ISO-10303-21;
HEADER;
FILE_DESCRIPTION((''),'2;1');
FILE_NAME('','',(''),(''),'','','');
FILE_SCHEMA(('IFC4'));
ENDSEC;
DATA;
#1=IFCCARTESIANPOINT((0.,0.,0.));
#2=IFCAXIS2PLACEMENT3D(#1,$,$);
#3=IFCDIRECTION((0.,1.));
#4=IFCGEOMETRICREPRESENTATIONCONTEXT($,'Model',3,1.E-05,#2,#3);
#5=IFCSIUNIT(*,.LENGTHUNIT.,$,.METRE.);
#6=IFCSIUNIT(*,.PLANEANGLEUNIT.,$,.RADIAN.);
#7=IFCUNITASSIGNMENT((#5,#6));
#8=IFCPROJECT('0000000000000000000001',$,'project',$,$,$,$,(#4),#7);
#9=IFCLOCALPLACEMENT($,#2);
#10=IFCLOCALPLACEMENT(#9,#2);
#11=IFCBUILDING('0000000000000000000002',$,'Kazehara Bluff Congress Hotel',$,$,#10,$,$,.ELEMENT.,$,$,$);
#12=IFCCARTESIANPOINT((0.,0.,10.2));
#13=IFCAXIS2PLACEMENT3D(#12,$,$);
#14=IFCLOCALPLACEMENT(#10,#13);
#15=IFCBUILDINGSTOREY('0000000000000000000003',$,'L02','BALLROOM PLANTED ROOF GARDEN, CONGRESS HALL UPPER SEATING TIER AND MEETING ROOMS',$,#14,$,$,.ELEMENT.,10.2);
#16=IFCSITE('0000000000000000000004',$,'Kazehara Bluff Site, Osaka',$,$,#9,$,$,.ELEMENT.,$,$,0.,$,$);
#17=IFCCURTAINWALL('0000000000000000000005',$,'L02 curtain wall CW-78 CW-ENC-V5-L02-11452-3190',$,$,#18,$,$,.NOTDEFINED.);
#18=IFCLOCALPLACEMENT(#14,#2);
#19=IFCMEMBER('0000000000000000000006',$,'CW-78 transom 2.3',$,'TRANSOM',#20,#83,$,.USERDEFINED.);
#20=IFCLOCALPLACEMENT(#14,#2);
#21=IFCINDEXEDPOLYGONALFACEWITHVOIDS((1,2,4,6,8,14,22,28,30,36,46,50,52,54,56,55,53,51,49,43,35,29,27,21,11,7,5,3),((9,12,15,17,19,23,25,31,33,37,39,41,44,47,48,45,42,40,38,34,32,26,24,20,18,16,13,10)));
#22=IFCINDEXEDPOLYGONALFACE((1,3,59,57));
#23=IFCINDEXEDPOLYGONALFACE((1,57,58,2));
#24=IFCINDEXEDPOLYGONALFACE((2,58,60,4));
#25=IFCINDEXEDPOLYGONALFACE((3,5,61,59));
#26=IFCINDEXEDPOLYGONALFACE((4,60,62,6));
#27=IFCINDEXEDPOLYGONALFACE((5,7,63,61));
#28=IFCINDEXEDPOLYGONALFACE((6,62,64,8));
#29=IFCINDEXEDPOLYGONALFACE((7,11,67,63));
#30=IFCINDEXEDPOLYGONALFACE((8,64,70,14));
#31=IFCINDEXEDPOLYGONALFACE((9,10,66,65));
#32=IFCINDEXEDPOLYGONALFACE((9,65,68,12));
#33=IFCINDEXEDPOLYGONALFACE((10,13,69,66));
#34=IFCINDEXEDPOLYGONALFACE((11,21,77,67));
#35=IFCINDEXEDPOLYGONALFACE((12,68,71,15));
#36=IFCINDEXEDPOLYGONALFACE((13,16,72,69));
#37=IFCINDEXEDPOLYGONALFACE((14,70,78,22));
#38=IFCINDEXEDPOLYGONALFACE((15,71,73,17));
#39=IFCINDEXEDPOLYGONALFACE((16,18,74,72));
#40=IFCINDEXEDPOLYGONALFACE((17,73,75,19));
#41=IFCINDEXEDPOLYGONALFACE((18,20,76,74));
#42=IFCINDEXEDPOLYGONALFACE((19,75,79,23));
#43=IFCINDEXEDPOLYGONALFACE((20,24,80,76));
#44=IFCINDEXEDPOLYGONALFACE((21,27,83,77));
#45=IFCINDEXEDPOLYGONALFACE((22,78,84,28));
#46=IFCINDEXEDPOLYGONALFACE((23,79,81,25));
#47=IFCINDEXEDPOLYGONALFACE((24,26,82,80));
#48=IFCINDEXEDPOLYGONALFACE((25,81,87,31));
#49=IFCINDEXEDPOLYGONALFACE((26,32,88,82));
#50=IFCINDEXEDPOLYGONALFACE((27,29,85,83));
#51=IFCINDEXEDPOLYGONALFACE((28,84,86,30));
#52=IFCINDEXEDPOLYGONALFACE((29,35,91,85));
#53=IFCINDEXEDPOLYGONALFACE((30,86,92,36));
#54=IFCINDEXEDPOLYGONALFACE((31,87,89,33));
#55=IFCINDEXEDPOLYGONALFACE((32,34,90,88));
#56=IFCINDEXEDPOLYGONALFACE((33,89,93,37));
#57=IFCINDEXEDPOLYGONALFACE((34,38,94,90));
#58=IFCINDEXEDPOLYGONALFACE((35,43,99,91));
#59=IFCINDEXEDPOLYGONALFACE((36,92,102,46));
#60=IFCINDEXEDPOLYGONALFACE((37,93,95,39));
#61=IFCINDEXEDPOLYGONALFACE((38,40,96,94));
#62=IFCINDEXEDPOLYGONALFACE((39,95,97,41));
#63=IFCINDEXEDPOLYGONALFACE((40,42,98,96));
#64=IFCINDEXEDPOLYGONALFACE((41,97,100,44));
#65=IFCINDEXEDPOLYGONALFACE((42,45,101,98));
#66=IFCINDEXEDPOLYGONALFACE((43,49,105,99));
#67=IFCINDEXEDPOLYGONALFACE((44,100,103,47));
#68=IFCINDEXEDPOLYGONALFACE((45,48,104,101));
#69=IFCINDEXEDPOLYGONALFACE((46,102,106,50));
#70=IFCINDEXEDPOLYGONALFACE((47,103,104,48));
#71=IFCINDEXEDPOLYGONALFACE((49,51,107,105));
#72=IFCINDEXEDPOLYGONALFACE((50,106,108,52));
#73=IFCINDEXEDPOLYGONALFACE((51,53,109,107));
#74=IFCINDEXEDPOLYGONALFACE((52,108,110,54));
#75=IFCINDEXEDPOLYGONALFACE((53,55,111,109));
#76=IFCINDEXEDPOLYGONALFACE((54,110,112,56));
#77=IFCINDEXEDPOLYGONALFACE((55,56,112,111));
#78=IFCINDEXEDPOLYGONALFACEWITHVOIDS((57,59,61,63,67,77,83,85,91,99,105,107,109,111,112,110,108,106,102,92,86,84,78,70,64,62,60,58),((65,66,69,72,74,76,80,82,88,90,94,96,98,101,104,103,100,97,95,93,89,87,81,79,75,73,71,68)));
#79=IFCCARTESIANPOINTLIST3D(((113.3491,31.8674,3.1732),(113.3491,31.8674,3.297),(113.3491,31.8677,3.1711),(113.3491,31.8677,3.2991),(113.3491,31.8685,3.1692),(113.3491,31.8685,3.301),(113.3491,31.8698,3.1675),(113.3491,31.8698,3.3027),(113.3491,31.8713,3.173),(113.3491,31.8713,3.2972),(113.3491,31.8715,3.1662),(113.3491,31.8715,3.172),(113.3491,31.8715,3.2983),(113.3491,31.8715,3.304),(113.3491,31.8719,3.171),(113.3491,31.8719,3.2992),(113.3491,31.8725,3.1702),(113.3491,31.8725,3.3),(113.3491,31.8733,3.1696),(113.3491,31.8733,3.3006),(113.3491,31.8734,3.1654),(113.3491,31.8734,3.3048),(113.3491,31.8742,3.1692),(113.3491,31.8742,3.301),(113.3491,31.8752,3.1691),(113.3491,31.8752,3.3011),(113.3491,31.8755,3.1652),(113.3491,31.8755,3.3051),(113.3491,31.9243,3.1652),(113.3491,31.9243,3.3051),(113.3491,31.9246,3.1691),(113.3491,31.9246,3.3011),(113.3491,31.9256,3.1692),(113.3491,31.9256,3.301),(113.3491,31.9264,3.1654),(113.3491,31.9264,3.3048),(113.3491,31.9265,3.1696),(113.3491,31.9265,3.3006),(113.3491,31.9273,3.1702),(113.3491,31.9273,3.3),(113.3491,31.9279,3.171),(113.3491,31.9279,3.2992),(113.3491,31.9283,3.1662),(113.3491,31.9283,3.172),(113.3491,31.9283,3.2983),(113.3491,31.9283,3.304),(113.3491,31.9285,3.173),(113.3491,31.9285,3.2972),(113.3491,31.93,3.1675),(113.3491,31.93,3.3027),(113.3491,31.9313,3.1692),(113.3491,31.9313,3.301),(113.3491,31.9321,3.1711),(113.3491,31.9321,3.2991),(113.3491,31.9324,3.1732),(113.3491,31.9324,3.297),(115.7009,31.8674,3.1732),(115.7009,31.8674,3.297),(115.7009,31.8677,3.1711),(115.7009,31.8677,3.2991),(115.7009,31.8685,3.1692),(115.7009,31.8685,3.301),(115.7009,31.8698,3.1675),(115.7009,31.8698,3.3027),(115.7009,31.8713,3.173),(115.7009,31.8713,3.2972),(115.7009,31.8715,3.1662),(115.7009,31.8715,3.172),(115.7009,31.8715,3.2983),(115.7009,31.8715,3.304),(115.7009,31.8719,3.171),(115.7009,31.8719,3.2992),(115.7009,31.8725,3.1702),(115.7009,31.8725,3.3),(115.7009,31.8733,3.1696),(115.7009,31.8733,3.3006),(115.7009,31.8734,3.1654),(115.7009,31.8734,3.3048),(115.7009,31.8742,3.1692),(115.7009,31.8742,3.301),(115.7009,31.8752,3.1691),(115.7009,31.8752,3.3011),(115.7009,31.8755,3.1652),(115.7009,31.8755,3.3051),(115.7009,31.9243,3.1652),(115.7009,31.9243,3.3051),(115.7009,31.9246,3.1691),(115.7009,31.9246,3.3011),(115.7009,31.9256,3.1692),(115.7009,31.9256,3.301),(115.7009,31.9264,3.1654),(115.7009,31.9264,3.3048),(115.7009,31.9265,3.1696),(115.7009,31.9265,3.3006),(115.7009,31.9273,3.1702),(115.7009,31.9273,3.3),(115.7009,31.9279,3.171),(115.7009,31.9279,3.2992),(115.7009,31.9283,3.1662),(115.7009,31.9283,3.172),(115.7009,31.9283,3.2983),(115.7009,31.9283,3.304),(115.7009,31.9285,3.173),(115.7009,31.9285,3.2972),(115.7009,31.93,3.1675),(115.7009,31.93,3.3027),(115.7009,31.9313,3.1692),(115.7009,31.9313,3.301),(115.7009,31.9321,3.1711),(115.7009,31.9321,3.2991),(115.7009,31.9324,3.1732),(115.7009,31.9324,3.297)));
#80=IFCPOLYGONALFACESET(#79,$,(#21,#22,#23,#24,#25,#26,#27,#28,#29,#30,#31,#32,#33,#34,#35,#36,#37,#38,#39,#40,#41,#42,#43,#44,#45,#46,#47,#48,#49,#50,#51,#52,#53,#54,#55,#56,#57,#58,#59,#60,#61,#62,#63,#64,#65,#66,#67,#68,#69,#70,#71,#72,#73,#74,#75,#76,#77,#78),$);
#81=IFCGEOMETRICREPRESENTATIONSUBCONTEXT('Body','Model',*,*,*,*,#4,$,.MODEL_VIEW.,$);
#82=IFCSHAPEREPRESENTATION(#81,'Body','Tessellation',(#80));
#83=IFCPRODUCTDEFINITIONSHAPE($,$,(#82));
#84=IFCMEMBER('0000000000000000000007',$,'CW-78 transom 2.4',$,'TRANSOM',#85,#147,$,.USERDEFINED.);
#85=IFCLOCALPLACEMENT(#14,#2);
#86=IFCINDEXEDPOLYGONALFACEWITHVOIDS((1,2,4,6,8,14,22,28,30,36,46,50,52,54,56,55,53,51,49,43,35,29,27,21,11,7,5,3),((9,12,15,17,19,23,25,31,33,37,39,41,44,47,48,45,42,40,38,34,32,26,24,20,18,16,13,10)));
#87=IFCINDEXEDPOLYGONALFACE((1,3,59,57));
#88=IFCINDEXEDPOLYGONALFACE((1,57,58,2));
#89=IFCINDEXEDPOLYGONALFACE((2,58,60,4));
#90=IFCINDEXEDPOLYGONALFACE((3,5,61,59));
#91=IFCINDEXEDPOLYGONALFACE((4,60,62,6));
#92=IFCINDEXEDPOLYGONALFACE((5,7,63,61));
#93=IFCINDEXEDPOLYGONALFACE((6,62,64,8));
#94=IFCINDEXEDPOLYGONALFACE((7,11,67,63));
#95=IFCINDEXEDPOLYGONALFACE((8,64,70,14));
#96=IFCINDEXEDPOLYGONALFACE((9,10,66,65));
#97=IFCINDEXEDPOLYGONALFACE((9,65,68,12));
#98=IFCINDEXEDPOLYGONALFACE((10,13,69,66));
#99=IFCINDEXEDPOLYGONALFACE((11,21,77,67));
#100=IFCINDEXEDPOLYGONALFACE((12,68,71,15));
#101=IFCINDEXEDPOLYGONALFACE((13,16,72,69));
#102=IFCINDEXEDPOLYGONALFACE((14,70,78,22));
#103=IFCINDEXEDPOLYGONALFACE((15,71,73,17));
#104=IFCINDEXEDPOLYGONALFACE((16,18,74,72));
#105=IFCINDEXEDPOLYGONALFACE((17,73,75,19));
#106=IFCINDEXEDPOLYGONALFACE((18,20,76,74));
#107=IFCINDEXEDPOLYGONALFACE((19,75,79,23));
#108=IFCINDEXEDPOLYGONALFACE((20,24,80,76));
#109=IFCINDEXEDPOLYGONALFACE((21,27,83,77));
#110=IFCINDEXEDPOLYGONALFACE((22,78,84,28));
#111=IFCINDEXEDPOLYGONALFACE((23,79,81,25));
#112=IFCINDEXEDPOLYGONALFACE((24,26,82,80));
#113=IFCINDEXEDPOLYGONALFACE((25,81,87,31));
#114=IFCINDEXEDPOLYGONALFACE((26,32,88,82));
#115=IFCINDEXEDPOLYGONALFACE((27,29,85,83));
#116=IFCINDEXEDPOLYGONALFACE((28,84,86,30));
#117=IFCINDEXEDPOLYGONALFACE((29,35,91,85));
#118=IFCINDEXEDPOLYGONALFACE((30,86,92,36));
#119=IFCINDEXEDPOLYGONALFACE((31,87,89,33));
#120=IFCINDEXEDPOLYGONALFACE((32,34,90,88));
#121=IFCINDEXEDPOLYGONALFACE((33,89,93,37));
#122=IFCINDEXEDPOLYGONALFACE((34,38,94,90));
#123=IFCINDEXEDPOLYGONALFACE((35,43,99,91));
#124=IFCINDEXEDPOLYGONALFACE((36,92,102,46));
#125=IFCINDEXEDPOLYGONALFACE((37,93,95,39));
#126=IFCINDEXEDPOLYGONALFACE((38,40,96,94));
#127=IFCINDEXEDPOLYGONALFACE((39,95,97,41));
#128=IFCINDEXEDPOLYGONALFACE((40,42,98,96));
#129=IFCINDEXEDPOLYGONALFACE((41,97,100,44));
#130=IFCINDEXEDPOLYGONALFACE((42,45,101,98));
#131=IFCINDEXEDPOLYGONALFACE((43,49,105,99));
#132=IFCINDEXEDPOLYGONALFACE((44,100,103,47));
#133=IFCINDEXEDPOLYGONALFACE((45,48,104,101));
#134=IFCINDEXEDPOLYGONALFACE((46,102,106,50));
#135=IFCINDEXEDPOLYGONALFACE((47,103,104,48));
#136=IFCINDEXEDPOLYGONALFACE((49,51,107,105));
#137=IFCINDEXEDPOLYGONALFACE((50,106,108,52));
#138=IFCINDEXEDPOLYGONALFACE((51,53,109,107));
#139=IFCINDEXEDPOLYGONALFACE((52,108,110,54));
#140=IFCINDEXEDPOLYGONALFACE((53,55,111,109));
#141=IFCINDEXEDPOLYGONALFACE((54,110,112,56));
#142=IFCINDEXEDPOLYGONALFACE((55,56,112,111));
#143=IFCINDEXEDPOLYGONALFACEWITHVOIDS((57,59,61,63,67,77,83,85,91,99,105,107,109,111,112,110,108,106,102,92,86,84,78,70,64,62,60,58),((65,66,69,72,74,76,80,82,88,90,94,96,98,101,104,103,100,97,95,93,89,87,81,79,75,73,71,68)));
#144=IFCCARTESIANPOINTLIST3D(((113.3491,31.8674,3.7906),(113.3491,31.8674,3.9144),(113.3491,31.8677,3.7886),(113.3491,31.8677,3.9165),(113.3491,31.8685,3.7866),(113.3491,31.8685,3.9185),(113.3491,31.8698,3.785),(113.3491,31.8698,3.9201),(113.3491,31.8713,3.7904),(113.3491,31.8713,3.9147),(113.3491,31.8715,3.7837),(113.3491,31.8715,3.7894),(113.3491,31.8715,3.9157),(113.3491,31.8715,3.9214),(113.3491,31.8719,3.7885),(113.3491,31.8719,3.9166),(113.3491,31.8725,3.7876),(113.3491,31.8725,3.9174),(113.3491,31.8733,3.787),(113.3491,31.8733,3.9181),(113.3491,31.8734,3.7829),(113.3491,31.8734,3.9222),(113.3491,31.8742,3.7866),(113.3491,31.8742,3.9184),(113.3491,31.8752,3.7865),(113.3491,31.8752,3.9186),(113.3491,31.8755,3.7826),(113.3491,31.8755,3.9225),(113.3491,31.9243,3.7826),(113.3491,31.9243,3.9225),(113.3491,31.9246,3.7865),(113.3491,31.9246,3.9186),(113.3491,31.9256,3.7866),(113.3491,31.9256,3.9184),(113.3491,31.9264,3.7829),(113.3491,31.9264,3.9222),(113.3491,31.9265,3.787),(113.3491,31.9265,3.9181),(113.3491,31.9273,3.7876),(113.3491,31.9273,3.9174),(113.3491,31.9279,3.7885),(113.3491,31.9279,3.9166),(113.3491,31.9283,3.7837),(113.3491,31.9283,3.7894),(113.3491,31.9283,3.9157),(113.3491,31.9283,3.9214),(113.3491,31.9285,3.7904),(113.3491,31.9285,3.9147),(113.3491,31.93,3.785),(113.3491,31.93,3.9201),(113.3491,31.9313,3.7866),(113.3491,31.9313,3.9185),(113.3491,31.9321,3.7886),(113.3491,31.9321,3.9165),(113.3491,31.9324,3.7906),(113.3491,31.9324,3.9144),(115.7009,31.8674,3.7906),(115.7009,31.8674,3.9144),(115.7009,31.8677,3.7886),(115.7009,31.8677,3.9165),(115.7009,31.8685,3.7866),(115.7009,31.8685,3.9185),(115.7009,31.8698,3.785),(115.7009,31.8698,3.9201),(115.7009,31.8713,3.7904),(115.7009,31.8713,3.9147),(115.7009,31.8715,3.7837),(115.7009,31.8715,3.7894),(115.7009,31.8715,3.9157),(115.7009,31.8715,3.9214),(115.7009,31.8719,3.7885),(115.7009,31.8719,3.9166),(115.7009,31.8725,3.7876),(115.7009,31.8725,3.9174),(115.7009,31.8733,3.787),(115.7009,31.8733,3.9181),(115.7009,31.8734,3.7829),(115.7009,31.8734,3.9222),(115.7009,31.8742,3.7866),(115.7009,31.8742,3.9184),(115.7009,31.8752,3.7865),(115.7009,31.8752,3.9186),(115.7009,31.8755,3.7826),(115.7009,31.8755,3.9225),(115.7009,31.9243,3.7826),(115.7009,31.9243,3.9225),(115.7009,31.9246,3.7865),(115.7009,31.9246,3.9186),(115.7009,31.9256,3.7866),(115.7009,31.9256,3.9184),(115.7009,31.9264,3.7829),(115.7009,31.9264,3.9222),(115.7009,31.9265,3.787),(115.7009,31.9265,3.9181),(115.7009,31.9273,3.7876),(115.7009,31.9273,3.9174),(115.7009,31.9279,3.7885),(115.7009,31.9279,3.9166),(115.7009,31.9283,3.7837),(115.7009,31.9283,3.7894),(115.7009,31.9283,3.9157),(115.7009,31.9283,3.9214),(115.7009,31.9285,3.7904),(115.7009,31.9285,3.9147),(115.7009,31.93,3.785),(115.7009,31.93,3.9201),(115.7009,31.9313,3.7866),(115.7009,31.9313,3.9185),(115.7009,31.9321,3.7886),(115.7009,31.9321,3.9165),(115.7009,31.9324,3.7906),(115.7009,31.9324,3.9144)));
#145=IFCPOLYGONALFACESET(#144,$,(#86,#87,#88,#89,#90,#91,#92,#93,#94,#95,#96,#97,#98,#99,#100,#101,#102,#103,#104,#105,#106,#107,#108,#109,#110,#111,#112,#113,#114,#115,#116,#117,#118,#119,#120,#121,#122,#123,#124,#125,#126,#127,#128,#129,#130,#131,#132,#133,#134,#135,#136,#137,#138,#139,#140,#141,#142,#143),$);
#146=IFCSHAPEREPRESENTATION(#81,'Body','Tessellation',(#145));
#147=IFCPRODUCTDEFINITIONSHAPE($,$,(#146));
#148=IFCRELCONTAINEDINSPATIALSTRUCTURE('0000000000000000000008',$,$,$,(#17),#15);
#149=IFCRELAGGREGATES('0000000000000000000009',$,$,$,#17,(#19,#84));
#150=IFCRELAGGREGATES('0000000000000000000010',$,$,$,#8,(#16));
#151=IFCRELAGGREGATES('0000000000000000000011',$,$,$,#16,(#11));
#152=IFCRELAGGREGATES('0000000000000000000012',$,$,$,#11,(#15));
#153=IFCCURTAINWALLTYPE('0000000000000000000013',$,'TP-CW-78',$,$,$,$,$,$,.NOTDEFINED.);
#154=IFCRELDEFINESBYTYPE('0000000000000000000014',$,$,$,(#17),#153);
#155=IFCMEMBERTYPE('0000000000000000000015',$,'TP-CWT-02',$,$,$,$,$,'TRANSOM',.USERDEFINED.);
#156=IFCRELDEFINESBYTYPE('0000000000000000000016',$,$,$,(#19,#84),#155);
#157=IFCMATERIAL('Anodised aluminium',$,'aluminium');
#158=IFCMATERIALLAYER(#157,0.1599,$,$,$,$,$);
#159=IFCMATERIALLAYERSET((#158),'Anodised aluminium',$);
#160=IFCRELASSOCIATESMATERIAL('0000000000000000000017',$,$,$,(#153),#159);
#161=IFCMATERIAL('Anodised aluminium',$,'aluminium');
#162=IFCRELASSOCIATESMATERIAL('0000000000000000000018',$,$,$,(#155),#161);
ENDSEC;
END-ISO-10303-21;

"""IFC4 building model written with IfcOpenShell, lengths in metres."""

from ifc_helpers import new_model, si_unit, direction, frame, origin, origin_2d, place, context, subcontext, project, spatial, hollow_rectangle, extrude, material, layer, layer_set, material_profile, profile_set, type_object, element, aggregate, save


model = new_model("IFC4")

# Units and contexts
model_context = context("Model", 3, precision=1e-05, world=origin(), true_north=direction((0.0, 1.0)))
body_context = subcontext(model_context, "Body", "Model", "MODEL_VIEW")
ifc_project = project(units=[si_unit("LENGTHUNIT", "METRE"), si_unit("PLANEANGLEUNIT", "RADIAN")], contexts=[model_context])

# Site, building, storey
site_placement = place(None, origin())
site = spatial("IfcSite", under=ifc_project, at=site_placement, Name="Kazehara Bluff Site, Osaka", CompositionType="ELEMENT", RefElevation=0.0)
building_placement = place(site_placement, origin())
building = spatial("IfcBuilding", under=site, at=building_placement, Name="Kazehara Bluff Congress Hotel", CompositionType="ELEMENT")
storey_placement = place(building_placement, frame((0.0, 0.0, 10.2)))
storey = spatial("IfcBuildingStorey", under=building, at=storey_placement, Name="L02", Description="BALLROOM PLANTED ROOF GARDEN, CONGRESS HALL UPPER SEATING TIER AND MEETING ROOMS", CompositionType="ELEMENT", Elevation=10.2)

# Curtain wall, members
ifc_material_1 = material(Name="Anodised aluminium", Category="aluminium")
ifc_layer_1 = layer(ifc_material_1, 0.1599)
ifc_layer_set_1 = layer_set([ifc_layer_1], Name="Anodised aluminium")
curtain_wall_type = type_object("IfcCurtainWallType", Name="TP-CW-78", PredefinedType="NOTDEFINED", material=ifc_layer_set_1)
curtain_wall_placement = place(storey_placement, origin())
curtain_wall = element("IfcCurtainWall", 1, at=curtain_wall_placement, inside=storey, type_object=curtain_wall_type, Name="L02 curtain wall CW-78 CW-ENC-V5-L02-11452-3190", PredefinedType="NOTDEFINED")
ifc_material_2 = material(Name="Anodised aluminium", Category="aluminium")
ifc_material_profile_1 = material_profile(ifc_material_2, hollow_rectangle(XDim=0.0649, YDim=0.1399, WallThickness=0.0039, InnerFilletRadius=0.0039, OuterFilletRadius=0.0081, at=origin_2d()))
ifc_profile_set_1 = profile_set([ifc_material_profile_1], Name="Anodised aluminium")
member_type_1 = type_object("IfcMemberType", Name="TP-CWT-02", ElementType="TRANSOM", PredefinedType="USERDEFINED", material=ifc_profile_set_1)
member_1_placement = place(storey_placement, frame((113.3491, 31.8999, 3.2351), z_axis=(1.0, 0.0, 0.0), x_axis=(0.0, 1.0, 0.0)))
member_1 = element("IfcMember", 2, at=member_1_placement, type_object=member_type_1, Name="CW-78 transom 2.3", ObjectType="TRANSOM", PredefinedType="USERDEFINED", context=body_context, shape_type="SweptSolid", body=[
    extrude(hollow_rectangle(XDim=0.0649, YDim=0.1399, WallThickness=0.0039, InnerFilletRadius=0.0039, OuterFilletRadius=0.0081, at=origin_2d()), origin(), (0.0, 0.0, 1.0), 2.3518),
])
member_2_placement = place(storey_placement, frame((113.3491, 31.8999, 3.8525), z_axis=(1.0, 0.0, 0.0), x_axis=(0.0, 1.0, 0.0)))
member_2 = element("IfcMember", 3, at=member_2_placement, type_object=member_type_1, Name="CW-78 transom 2.4", ObjectType="TRANSOM", PredefinedType="USERDEFINED", context=body_context, shape_type="SweptSolid", body=[
    extrude(hollow_rectangle(XDim=0.0649, YDim=0.1399, WallThickness=0.0039, InnerFilletRadius=0.0039, OuterFilletRadius=0.0081, at=origin_2d()), origin(), (0.0, 0.0, 1.0), 2.3518),
])

aggregate(curtain_wall, [member_1, member_2])

save(model, "model.ifc")
